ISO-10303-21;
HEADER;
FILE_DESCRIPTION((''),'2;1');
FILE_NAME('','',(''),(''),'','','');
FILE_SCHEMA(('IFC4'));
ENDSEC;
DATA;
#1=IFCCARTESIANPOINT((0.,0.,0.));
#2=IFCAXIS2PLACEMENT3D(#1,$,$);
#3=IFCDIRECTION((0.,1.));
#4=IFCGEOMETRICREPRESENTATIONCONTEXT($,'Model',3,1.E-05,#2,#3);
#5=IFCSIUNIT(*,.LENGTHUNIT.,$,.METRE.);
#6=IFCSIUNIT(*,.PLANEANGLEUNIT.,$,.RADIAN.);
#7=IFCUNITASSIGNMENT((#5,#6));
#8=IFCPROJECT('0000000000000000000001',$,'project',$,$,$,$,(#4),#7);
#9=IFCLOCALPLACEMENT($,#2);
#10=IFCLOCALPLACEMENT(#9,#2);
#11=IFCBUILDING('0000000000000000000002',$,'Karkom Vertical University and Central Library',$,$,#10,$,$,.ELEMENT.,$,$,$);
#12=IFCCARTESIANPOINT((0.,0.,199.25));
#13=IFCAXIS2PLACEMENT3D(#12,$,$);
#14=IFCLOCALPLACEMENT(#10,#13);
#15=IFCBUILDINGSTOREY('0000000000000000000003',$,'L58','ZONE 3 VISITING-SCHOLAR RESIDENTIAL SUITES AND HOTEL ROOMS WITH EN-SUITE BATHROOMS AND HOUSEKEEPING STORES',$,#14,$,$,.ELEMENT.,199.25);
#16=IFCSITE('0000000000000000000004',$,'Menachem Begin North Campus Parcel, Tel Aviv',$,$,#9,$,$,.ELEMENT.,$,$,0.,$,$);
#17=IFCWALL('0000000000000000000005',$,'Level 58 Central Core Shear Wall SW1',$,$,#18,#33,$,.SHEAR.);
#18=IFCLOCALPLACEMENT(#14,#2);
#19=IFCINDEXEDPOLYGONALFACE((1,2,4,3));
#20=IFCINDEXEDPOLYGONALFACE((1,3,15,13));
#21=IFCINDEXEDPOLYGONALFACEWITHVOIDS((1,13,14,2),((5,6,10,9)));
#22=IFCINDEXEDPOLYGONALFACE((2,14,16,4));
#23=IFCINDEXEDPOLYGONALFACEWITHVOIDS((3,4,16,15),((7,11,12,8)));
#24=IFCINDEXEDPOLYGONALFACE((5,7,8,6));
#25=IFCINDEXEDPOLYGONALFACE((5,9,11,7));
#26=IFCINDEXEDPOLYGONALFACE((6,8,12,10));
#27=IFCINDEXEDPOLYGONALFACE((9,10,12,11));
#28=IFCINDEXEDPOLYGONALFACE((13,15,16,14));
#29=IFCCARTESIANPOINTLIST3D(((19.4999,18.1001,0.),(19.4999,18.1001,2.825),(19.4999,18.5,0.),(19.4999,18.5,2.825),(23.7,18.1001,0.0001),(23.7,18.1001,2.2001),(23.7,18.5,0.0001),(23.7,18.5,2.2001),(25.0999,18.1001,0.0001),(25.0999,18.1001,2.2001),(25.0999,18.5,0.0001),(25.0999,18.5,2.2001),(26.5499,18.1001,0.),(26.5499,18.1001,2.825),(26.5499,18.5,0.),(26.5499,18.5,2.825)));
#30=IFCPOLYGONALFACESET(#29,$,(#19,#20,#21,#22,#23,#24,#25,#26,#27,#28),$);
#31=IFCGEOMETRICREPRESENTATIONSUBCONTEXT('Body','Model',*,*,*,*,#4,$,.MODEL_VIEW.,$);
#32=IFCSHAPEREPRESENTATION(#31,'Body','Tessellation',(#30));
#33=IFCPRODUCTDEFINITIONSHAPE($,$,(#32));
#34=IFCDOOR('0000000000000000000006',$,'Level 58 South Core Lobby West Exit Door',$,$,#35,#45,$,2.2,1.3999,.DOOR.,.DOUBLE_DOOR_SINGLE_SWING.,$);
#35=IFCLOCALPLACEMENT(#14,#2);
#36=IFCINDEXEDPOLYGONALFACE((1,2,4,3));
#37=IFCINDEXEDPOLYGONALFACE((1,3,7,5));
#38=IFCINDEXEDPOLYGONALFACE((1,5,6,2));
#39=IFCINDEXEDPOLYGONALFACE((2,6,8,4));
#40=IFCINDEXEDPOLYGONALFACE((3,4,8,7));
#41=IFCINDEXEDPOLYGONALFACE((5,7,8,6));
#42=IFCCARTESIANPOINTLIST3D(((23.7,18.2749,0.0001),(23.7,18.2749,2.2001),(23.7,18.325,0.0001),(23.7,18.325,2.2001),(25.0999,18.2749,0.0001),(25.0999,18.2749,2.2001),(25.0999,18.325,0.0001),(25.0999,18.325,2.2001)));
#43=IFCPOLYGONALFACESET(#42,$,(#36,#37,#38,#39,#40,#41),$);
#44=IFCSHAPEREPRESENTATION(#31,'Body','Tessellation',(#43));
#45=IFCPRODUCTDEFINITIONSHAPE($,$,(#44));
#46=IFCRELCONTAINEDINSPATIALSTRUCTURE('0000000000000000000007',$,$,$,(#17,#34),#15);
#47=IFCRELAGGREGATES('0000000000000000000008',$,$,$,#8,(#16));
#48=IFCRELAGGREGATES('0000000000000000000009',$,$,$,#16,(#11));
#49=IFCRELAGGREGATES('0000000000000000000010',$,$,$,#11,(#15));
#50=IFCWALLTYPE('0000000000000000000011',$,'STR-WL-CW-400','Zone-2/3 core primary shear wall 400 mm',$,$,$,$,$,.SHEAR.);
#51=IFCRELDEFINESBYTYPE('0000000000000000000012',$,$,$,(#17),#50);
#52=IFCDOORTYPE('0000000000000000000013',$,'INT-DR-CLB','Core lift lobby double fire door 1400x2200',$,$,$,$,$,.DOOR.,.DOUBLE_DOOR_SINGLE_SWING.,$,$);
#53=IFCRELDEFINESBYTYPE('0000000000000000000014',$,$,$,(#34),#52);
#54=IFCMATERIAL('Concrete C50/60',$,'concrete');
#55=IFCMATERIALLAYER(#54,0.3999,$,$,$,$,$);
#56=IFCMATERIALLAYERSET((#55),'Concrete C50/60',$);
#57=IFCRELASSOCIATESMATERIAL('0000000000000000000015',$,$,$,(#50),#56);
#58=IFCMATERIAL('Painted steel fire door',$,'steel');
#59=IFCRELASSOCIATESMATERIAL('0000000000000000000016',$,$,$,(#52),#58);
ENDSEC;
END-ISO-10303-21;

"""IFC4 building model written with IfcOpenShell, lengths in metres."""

from ifc_helpers import new_model, si_unit, direction, frame, frame_2d, origin, origin_with_axes, place, context, subcontext, project, spatial, rectangle, extrude, source, transform, mapped, material, layer, layer_set, type_object, element, fill, save


model = new_model("IFC4")

# Units and contexts
model_context = context("Model", 3, precision=1e-05, world=origin(), true_north=direction((0.0, 1.0)))
body_context = subcontext(model_context, "Body", "Model", "MODEL_VIEW")
ifc_project = project(units=[si_unit("LENGTHUNIT", "METRE"), si_unit("PLANEANGLEUNIT", "RADIAN")], contexts=[model_context])

# Site, building, storey
site_placement = place(None, origin())
site = spatial("IfcSite", under=ifc_project, at=site_placement, Name="Menachem Begin North Campus Parcel, Tel Aviv", CompositionType="ELEMENT", RefElevation=0.0)
building_placement = place(site_placement, origin())
building = spatial("IfcBuilding", under=site, at=building_placement, Name="Karkom Vertical University and Central Library", CompositionType="ELEMENT")
storey_placement = place(building_placement, frame((0.0, 0.0, 199.25)))
storey = spatial("IfcBuildingStorey", under=building, at=storey_placement, Name="L58", Description="ZONE 3 VISITING-SCHOLAR RESIDENTIAL SUITES AND HOTEL ROOMS WITH EN-SUITE BATHROOMS AND HOUSEKEEPING STORES", CompositionType="ELEMENT", Elevation=199.25)

# Wall, opening, door
ifc_material_1 = material(Name="Concrete C50/60", Category="concrete")
ifc_layer_1 = layer(ifc_material_1, 0.3999)
ifc_layer_set_1 = layer_set([ifc_layer_1], Name="Concrete C50/60")
wall_type_1 = type_object("IfcWallType", Name="STR-WL-CW-400", Description="Zone-2/3 core primary shear wall 400 mm", PredefinedType="SHEAR", material=ifc_layer_set_1)
wall_1_placement = place(storey_placement, frame((19.5, 18.3, 0.0), z_axis=(0.0, 0.0, 1.0), x_axis=(1.0, 0.0, 0.0)))
wall_1 = element("IfcWall", 1, at=wall_1_placement, inside=storey, type_object=wall_type_1, Name="Level 58 Central Core Shear Wall SW1", PredefinedType="SHEAR", context=body_context, shape_type="SweptSolid", body=[
    extrude(rectangle(XDim=7.05, YDim=0.3999, at=frame_2d((3.5249, 0.0))), origin(), (0.0, 0.0, 1.0), 2.825),
])
opening_1_placement = place(wall_1_placement, frame((4.2, 0.0, 0.0)))
opening_1 = element("IfcOpeningElement", 2, at=opening_1_placement, cuts=wall_1, PredefinedType="OPENING", context=body_context, shape_type="SweptSolid", body=[
    extrude(rectangle(XDim=1.3999, YDim=2.2, at=frame_2d((0.7, 1.1001))), frame((0.0, 0.21, 0.0), z_axis=(0.0, -1.0, 0.0), x_axis=(1.0, 0.0, 0.0)), (0.0, 0.0, 1.0), 0.4199),
])
ifc_material_2 = material(Name="Painted steel fire door", Category="steel")
door_type = type_object("IfcDoorType", Name="INT-DR-CLB", Description="Core lift lobby double fire door 1400x2200", OperationType="DOUBLE_DOOR_SINGLE_SWING", PredefinedType="DOOR", material=ifc_material_2)
shared_shape_1 = source(origin_with_axes(), body_context, "Body", "SweptSolid", [
    extrude(rectangle(XDim=1.3999, YDim=2.2, at=frame_2d((0.7, 1.1001))), frame((0.0, 0.0249, 0.0), z_axis=(0.0, -1.0, 0.0), x_axis=(1.0, 0.0, 0.0)), (0.0, 0.0, 1.0), 0.05),
])
door_placement = place(opening_1_placement, origin())
door = element("IfcDoor", 3, at=door_placement, inside=storey, type_object=door_type, Name="Level 58 South Core Lobby West Exit Door", OperationType="DOUBLE_DOOR_SINGLE_SWING", OverallHeight=2.2, OverallWidth=1.3999, PredefinedType="DOOR", context=body_context, shape_type="MappedRepresentation", body=[
    mapped(shared_shape_1, transform((0.0, 0.0, 0.0), scale=1.0)),
])
fill(opening_1, door)

save(model, "model.ifc")
